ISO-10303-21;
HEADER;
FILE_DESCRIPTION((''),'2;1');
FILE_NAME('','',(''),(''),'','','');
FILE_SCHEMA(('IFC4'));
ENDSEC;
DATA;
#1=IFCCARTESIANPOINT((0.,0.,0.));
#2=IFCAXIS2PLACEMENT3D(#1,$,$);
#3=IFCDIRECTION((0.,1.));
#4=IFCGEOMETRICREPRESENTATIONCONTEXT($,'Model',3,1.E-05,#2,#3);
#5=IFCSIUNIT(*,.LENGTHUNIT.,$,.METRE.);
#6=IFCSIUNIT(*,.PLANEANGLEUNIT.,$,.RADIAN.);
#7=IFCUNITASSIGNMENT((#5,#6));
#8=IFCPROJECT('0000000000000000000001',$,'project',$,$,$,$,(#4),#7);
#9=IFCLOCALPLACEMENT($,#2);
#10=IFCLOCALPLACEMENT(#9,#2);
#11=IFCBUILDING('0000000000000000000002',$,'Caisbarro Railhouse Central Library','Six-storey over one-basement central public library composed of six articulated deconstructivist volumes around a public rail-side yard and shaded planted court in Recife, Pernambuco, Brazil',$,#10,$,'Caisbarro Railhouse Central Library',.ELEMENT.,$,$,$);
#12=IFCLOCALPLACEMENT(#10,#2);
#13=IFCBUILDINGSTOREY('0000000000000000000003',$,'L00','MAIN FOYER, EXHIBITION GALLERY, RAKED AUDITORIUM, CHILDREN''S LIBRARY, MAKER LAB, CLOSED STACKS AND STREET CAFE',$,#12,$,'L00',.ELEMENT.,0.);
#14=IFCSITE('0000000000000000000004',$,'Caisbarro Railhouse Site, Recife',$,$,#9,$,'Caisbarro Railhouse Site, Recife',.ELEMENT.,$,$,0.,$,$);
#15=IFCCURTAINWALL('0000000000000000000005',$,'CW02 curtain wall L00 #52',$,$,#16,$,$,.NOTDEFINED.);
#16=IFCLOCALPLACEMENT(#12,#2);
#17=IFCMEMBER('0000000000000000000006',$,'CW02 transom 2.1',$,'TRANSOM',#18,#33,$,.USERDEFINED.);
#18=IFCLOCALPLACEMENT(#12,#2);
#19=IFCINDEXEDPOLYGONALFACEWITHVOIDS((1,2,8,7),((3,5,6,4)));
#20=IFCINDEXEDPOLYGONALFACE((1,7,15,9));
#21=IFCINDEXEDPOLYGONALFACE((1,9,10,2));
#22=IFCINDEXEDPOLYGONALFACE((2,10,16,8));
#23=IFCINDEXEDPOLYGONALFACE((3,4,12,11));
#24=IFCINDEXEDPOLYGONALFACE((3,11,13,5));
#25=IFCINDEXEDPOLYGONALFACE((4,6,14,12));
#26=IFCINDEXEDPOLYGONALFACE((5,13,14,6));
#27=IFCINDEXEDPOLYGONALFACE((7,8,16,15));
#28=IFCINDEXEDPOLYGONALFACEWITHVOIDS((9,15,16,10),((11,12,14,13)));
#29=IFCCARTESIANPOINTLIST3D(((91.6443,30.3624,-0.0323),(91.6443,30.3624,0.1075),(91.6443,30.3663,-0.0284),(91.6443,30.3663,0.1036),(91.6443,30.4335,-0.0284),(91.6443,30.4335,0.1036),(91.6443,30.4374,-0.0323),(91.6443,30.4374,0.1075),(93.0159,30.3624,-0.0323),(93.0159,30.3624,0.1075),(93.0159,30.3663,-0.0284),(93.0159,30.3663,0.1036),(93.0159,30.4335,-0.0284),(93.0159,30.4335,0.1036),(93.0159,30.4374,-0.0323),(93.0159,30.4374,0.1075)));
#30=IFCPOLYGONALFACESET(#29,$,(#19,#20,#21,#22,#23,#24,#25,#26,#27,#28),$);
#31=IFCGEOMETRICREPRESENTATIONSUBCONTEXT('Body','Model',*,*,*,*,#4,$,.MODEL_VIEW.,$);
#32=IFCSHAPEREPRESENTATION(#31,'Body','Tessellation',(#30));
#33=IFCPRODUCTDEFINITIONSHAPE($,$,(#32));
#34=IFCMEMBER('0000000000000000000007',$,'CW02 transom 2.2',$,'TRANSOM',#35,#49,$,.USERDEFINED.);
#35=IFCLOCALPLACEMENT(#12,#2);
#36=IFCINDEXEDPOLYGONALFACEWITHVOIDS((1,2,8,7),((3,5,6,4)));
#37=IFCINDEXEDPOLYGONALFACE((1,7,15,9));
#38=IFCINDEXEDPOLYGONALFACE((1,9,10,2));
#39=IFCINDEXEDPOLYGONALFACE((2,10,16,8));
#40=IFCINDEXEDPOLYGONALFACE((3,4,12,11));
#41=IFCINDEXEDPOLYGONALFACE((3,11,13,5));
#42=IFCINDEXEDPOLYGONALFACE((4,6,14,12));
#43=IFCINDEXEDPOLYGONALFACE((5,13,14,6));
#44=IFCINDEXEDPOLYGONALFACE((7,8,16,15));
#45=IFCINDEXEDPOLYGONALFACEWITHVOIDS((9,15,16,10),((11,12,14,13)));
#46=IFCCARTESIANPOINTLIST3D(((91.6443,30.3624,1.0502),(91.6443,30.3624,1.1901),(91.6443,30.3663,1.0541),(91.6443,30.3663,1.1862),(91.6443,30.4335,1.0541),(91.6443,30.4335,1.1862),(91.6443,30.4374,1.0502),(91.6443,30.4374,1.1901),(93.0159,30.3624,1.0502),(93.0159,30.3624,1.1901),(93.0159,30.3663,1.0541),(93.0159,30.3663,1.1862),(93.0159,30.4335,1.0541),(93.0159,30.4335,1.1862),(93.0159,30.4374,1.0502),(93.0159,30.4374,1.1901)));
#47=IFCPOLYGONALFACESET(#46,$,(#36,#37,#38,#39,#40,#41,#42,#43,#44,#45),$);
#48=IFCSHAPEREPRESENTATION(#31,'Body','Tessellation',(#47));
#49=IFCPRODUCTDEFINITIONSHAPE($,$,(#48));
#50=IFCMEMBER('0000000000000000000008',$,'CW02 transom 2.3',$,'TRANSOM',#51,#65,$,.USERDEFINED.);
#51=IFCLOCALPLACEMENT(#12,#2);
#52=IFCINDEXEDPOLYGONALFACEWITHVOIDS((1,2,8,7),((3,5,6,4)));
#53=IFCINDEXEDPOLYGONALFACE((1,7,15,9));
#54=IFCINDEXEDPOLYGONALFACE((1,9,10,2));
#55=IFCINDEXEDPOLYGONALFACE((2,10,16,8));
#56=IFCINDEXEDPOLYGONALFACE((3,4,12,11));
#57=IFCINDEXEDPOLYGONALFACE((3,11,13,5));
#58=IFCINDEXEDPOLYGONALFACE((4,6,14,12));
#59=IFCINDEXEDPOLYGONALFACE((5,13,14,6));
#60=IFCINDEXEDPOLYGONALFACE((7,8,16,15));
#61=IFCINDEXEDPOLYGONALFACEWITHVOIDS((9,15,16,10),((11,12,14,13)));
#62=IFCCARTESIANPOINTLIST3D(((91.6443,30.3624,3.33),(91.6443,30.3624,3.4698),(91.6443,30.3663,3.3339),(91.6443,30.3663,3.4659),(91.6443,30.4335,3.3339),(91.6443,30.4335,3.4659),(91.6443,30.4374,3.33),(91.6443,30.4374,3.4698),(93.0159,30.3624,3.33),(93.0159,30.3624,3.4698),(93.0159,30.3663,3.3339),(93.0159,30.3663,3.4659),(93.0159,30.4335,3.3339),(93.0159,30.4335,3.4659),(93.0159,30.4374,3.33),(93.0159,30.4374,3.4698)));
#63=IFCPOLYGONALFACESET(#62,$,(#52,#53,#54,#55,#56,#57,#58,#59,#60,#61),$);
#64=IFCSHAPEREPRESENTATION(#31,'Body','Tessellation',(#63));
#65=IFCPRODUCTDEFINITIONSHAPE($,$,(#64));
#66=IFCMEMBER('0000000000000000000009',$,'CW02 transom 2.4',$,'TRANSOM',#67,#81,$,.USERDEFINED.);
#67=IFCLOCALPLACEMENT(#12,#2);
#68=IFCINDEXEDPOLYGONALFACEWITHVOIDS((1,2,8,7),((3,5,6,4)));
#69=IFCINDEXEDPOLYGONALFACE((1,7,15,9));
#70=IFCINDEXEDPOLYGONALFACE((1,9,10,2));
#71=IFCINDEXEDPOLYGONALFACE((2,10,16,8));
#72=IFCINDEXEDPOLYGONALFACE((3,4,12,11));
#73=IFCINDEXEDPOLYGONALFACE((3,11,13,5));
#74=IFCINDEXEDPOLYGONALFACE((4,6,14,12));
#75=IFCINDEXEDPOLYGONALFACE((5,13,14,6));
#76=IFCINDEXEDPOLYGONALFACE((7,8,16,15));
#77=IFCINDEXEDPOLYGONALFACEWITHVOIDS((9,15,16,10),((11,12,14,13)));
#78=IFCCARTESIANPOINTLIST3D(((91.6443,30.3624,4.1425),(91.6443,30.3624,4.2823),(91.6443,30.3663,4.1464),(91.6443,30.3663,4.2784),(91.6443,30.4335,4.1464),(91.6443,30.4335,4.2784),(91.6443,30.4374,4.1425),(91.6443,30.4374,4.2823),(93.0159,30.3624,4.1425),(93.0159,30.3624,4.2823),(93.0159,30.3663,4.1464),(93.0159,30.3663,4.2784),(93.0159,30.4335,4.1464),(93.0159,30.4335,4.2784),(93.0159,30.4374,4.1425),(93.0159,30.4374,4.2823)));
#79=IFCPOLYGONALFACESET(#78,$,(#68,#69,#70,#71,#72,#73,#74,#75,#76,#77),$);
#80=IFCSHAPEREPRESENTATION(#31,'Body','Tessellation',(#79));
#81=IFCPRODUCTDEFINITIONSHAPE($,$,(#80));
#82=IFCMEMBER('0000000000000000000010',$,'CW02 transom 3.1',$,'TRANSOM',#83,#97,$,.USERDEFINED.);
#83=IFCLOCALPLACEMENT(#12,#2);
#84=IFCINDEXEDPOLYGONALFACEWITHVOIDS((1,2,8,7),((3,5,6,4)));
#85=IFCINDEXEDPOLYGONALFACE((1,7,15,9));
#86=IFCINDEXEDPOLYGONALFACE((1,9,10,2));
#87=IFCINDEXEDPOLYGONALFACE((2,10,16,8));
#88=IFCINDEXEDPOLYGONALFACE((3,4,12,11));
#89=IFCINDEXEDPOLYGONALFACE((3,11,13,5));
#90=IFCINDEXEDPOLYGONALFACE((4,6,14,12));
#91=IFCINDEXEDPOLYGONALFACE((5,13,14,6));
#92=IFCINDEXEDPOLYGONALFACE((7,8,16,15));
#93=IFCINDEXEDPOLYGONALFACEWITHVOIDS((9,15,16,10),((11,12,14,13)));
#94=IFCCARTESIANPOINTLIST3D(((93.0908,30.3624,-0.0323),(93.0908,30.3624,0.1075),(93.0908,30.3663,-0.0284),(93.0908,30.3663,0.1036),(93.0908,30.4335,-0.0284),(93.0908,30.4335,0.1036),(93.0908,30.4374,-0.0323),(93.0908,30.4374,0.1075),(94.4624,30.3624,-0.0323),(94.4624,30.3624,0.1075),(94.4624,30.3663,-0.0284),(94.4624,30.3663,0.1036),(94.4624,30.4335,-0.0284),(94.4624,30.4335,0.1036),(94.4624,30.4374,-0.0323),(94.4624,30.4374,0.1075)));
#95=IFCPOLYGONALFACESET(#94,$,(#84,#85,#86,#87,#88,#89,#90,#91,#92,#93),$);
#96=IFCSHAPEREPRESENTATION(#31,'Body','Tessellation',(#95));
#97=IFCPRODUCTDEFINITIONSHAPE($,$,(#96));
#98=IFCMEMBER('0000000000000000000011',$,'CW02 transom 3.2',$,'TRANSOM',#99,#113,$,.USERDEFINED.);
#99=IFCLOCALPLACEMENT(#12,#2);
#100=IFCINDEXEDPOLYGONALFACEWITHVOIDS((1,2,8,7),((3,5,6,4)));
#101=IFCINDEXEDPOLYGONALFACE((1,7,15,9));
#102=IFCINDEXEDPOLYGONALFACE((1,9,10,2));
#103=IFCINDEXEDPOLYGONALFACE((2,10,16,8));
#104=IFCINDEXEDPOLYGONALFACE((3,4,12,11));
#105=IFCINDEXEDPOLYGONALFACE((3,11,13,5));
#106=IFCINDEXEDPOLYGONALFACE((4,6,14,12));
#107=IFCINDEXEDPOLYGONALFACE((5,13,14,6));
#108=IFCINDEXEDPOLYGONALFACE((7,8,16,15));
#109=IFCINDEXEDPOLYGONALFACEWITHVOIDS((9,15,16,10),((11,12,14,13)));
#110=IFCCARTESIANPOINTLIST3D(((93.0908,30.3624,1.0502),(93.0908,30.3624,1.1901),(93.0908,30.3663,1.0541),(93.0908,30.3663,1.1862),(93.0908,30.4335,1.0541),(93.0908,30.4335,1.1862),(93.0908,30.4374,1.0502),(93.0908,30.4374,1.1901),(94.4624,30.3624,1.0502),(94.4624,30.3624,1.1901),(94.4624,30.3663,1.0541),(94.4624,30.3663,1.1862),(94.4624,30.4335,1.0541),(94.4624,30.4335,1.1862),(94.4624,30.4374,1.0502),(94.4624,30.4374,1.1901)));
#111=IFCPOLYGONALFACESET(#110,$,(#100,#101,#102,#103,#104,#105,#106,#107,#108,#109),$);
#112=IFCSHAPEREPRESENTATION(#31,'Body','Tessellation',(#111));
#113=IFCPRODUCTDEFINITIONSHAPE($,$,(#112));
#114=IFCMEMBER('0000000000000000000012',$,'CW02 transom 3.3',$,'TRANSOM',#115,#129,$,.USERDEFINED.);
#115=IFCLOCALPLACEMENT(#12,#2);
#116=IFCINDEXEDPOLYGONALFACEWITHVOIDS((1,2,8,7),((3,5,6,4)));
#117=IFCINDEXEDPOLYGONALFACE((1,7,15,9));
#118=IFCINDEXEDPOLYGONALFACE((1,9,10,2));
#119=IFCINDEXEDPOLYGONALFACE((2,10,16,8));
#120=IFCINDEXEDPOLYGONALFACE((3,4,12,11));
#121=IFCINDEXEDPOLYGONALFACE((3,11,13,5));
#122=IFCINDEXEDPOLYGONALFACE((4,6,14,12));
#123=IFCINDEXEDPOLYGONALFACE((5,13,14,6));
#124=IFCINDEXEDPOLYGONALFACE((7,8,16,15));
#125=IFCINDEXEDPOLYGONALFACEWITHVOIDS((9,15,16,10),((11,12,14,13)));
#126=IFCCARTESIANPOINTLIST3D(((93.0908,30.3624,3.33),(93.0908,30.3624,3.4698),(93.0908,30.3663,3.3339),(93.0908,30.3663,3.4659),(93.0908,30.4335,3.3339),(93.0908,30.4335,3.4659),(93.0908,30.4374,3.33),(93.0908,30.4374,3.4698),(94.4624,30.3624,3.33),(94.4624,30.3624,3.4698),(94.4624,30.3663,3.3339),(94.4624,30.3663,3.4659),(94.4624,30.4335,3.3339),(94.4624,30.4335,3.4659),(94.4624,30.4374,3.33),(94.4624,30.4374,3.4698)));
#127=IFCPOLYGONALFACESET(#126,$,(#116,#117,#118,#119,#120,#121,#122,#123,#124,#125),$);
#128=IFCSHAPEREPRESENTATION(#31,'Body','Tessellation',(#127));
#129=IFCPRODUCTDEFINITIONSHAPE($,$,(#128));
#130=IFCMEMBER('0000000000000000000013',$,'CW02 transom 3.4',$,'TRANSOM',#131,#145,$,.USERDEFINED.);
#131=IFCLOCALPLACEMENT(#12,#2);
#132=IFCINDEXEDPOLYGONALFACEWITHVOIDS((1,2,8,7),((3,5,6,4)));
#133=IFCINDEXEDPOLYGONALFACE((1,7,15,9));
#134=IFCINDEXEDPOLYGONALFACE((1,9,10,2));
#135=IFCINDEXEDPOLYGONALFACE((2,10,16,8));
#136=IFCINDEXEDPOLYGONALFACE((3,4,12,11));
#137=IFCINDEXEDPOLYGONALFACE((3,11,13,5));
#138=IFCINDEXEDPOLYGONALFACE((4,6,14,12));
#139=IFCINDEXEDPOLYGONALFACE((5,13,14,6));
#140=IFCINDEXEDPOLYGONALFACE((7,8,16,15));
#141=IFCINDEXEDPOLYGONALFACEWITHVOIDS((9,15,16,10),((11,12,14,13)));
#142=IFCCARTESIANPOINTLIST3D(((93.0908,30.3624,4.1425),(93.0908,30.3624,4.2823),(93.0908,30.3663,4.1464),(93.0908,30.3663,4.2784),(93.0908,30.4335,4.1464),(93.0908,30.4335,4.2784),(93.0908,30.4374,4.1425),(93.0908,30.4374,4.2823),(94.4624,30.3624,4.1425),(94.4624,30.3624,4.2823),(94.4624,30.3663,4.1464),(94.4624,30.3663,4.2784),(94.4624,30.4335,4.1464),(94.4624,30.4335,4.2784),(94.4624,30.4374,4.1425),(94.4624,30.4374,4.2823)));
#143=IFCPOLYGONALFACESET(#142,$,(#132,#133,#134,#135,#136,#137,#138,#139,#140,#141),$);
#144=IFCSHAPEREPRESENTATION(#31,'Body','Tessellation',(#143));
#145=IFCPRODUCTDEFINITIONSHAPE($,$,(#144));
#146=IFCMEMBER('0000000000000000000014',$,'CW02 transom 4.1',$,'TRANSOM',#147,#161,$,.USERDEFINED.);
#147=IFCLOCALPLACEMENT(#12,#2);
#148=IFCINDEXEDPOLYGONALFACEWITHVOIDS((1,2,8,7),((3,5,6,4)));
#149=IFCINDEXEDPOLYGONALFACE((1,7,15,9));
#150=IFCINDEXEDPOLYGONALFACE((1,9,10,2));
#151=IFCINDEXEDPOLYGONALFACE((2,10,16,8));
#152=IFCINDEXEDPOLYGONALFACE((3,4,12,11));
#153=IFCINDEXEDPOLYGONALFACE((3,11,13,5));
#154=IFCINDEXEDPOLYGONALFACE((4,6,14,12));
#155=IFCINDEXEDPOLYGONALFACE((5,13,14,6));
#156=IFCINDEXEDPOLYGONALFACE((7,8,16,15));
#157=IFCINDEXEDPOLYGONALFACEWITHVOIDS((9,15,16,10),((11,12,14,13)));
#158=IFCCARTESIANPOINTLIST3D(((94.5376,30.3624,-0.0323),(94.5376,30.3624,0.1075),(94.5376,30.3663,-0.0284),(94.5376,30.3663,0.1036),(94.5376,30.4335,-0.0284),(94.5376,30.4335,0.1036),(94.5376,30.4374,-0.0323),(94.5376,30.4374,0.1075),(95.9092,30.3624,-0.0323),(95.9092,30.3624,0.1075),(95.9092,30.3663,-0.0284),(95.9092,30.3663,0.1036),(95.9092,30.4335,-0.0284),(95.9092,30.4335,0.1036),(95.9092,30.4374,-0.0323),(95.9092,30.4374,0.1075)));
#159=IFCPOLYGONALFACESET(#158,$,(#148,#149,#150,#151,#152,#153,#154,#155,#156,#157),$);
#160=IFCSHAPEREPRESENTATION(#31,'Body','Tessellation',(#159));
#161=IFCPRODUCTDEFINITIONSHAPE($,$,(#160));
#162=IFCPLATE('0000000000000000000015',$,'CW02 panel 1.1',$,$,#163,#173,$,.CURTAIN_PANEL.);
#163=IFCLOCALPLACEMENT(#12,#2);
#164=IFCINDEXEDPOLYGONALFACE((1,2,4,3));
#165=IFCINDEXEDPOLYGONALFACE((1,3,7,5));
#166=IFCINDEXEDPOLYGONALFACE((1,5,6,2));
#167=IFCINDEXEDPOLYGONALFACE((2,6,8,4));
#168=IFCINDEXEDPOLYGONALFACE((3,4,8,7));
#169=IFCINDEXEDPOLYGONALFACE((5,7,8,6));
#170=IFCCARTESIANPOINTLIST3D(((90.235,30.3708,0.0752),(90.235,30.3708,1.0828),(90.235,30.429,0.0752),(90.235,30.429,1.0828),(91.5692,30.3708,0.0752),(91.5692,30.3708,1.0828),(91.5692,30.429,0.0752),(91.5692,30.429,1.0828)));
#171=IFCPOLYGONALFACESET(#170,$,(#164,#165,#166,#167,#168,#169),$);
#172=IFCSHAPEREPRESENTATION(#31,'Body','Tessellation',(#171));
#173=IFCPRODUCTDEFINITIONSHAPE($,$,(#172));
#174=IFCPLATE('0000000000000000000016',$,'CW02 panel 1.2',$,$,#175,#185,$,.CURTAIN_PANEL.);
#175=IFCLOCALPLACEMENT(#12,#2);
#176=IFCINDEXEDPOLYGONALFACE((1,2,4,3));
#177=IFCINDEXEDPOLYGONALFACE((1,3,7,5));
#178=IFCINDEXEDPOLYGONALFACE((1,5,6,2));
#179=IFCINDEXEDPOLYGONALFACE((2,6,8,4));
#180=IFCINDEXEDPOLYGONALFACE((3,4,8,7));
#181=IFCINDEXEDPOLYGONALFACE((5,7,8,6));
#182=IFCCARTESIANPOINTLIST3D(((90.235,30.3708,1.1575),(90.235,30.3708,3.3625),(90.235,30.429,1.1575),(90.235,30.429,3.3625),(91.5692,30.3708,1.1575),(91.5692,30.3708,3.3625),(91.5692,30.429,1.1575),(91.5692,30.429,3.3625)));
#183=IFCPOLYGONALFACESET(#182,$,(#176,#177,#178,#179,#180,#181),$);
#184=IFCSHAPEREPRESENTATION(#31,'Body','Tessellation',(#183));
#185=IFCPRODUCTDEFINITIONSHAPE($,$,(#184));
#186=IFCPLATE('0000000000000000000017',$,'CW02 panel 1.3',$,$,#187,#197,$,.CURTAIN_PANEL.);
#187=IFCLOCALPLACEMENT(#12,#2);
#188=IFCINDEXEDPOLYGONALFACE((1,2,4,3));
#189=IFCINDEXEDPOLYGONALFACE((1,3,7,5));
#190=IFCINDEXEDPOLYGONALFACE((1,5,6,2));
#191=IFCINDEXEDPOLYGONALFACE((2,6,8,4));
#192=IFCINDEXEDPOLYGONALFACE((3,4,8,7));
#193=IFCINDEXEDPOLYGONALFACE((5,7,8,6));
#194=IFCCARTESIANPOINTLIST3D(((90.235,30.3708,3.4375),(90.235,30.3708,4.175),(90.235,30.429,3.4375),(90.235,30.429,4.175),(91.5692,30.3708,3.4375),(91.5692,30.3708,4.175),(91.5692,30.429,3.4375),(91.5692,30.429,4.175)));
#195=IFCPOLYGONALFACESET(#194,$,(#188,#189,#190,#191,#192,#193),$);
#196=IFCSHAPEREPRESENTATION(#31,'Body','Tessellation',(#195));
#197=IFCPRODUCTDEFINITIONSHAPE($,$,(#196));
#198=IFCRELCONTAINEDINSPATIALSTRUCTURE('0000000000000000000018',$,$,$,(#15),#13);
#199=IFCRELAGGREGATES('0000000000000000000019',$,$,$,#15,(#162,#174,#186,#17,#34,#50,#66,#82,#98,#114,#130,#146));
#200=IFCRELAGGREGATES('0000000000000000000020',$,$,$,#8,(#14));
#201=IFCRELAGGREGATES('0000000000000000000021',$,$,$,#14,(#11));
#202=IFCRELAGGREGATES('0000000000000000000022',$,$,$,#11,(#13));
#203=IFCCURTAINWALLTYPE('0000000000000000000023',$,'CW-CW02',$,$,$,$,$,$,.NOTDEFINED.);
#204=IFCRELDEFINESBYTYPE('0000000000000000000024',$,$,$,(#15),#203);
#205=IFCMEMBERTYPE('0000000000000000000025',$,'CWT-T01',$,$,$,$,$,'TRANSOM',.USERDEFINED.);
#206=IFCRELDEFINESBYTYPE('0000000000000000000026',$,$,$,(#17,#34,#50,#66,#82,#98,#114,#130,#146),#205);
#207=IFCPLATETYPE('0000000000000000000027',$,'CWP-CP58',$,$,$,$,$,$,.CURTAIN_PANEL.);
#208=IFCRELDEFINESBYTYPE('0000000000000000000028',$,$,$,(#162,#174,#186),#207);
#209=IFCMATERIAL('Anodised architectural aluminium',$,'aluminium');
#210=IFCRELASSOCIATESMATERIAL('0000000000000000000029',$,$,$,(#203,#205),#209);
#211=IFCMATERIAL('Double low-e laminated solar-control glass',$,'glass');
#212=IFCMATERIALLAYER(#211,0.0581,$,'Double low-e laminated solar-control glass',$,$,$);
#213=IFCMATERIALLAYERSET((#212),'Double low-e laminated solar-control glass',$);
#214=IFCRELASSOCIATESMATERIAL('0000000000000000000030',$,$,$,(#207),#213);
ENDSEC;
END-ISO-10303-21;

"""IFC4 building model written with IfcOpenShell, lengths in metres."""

from ifc_helpers import new_model, si_unit, direction, frame, origin, origin_2d, place, context, subcontext, project, spatial, rectangle, hollow_rectangle, extrude, material, layer, layer_set, material_profile, profile_set, type_object, element, aggregate, save


model = new_model("IFC4")

# Units and contexts
model_context = context("Model", 3, precision=1e-05, world=origin(), true_north=direction((0.0, 1.0)))
body_context = subcontext(model_context, "Body", "Model", "MODEL_VIEW")
ifc_project = project(units=[si_unit("LENGTHUNIT", "METRE"), si_unit("PLANEANGLEUNIT", "RADIAN")], contexts=[model_context])

# Site, building, storey
site_placement = place(None, origin())
site = spatial("IfcSite", under=ifc_project, at=site_placement, Name="Caisbarro Railhouse Site, Recife", LongName="Caisbarro Railhouse Site, Recife", CompositionType="ELEMENT", RefElevation=0.0)
building_placement = place(site_placement, origin())
building = spatial("IfcBuilding", under=site, at=building_placement, Name="Caisbarro Railhouse Central Library", Description="Six-storey over one-basement central public library composed of six articulated deconstructivist volumes around a public rail-side yard and shaded planted court in Recife, Pernambuco, Brazil", LongName="Caisbarro Railhouse Central Library", CompositionType="ELEMENT")
storey_placement = place(building_placement, origin())
storey = spatial("IfcBuildingStorey", under=building, at=storey_placement, Name="L00", Description="MAIN FOYER, EXHIBITION GALLERY, RAKED AUDITORIUM, CHILDREN'S LIBRARY, MAKER LAB, CLOSED STACKS AND STREET CAFE", LongName="L00", CompositionType="ELEMENT", Elevation=0.0)

# Curtain wall, members, plates
ifc_material_1 = material(Name="Anodised architectural aluminium", Category="aluminium")
curtain_wall_type = type_object("IfcCurtainWallType", Name="CW-CW02", PredefinedType="NOTDEFINED", material=ifc_material_1)
curtain_wall_placement = place(storey_placement, origin())
curtain_wall = element("IfcCurtainWall", 1, at=curtain_wall_placement, inside=storey, type_object=curtain_wall_type, Name="CW02 curtain wall L00 #52", PredefinedType="NOTDEFINED")
ifc_material_profile_1 = material_profile(ifc_material_1, hollow_rectangle(XDim=0.075, YDim=0.1399, WallThickness=0.0039, at=origin_2d()), Name="ALU-TRN-75X140")
ifc_profile_set_1 = profile_set([ifc_material_profile_1], Name="Anodised architectural aluminium")
member_type_1 = type_object("IfcMemberType", Name="CWT-T01", ElementType="TRANSOM", PredefinedType="USERDEFINED", material=ifc_profile_set_1)
member_1_placement = place(storey_placement, frame((91.6443, 30.3999, 0.0376), z_axis=(1.0, 0.0, 0.0), x_axis=(0.0, 1.0, 0.0)))
member_1 = element("IfcMember", 2, at=member_1_placement, type_object=member_type_1, Name="CW02 transom 2.1", ObjectType="TRANSOM", PredefinedType="USERDEFINED", context=body_context, shape_type="SweptSolid", body=[
    extrude(hollow_rectangle(XDim=0.075, YDim=0.1399, WallThickness=0.0039, at=origin_2d()), origin(), (0.0, 0.0, 1.0), 1.3716),
])
member_2_placement = place(storey_placement, frame((91.6443, 30.3999, 1.1201), z_axis=(1.0, 0.0, 0.0), x_axis=(0.0, 1.0, 0.0)))
member_2 = element("IfcMember", 3, at=member_2_placement, type_object=member_type_1, Name="CW02 transom 2.2", ObjectType="TRANSOM", PredefinedType="USERDEFINED", context=body_context, shape_type="SweptSolid", body=[
    extrude(hollow_rectangle(XDim=0.075, YDim=0.1399, WallThickness=0.0039, at=origin_2d()), origin(), (0.0, 0.0, 1.0), 1.3716),
])
member_3_placement = place(storey_placement, frame((91.6443, 30.3999, 3.3999), z_axis=(1.0, 0.0, 0.0), x_axis=(0.0, 1.0, 0.0)))
member_3 = element("IfcMember", 4, at=member_3_placement, type_object=member_type_1, Name="CW02 transom 2.3", ObjectType="TRANSOM", PredefinedType="USERDEFINED", context=body_context, shape_type="SweptSolid", body=[
    extrude(hollow_rectangle(XDim=0.075, YDim=0.1399, WallThickness=0.0039, at=origin_2d()), origin(), (0.0, 0.0, 1.0), 1.3716),
])
member_4_placement = place(storey_placement, frame((91.6443, 30.3999, 4.2124), z_axis=(1.0, 0.0, 0.0), x_axis=(0.0, 1.0, 0.0)))
member_4 = element("IfcMember", 5, at=member_4_placement, type_object=member_type_1, Name="CW02 transom 2.4", ObjectType="TRANSOM", PredefinedType="USERDEFINED", context=body_context, shape_type="SweptSolid", body=[
    extrude(hollow_rectangle(XDim=0.075, YDim=0.1399, WallThickness=0.0039, at=origin_2d()), origin(), (0.0, 0.0, 1.0), 1.3716),
])
member_5_placement = place(storey_placement, frame((93.0908, 30.3999, 0.0376), z_axis=(1.0, 0.0, 0.0), x_axis=(0.0, 1.0, 0.0)))
member_5 = element("IfcMember", 6, at=member_5_placement, type_object=member_type_1, Name="CW02 transom 3.1", ObjectType="TRANSOM", PredefinedType="USERDEFINED", context=body_context, shape_type="SweptSolid", body=[
    extrude(hollow_rectangle(XDim=0.075, YDim=0.1399, WallThickness=0.0039, at=origin_2d()), origin(), (0.0, 0.0, 1.0), 1.3716),
])
member_6_placement = place(storey_placement, frame((93.0908, 30.3999, 1.1201), z_axis=(1.0, 0.0, 0.0), x_axis=(0.0, 1.0, 0.0)))
member_6 = element("IfcMember", 7, at=member_6_placement, type_object=member_type_1, Name="CW02 transom 3.2", ObjectType="TRANSOM", PredefinedType="USERDEFINED", context=body_context, shape_type="SweptSolid", body=[
    extrude(hollow_rectangle(XDim=0.075, YDim=0.1399, WallThickness=0.0039, at=origin_2d()), origin(), (0.0, 0.0, 1.0), 1.3716),
])
member_7_placement = place(storey_placement, frame((93.0908, 30.3999, 3.3999), z_axis=(1.0, 0.0, 0.0), x_axis=(0.0, 1.0, 0.0)))
member_7 = element("IfcMember", 8, at=member_7_placement, type_object=member_type_1, Name="CW02 transom 3.3", ObjectType="TRANSOM", PredefinedType="USERDEFINED", context=body_context, shape_type="SweptSolid", body=[
    extrude(hollow_rectangle(XDim=0.075, YDim=0.1399, WallThickness=0.0039, at=origin_2d()), origin(), (0.0, 0.0, 1.0), 1.3716),
])
member_8_placement = place(storey_placement, frame((93.0908, 30.3999, 4.2124), z_axis=(1.0, 0.0, 0.0), x_axis=(0.0, 1.0, 0.0)))
member_8 = element("IfcMember", 9, at=member_8_placement, type_object=member_type_1, Name="CW02 transom 3.4", ObjectType="TRANSOM", PredefinedType="USERDEFINED", context=body_context, shape_type="SweptSolid", body=[
    extrude(hollow_rectangle(XDim=0.075, YDim=0.1399, WallThickness=0.0039, at=origin_2d()), origin(), (0.0, 0.0, 1.0), 1.3716),
])
member_9_placement = place(storey_placement, frame((94.5376, 30.3999, 0.0376), z_axis=(1.0, 0.0, 0.0), x_axis=(0.0, 1.0, 0.0)))
member_9 = element("IfcMember", 10, at=member_9_placement, type_object=member_type_1, Name="CW02 transom 4.1", ObjectType="TRANSOM", PredefinedType="USERDEFINED", context=body_context, shape_type="SweptSolid", body=[
    extrude(hollow_rectangle(XDim=0.075, YDim=0.1399, WallThickness=0.0039, at=origin_2d()), origin(), (0.0, 0.0, 1.0), 1.3716),
])
ifc_material_2 = material(Name="Double low-e laminated solar-control glass", Category="glass")
ifc_layer = layer(ifc_material_2, 0.0581, Name="Double low-e laminated solar-control glass")
ifc_layer_set = layer_set([ifc_layer], Name="Double low-e laminated solar-control glass")
plate_type = type_object("IfcPlateType", Name="CWP-CP58", PredefinedType="CURTAIN_PANEL", material=ifc_layer_set)
plate_1_placement = place(storey_placement, frame((90.9021, 30.3999, 0.0752), z_axis=(0.0, 0.0, 1.0), x_axis=(1.0, 0.0, 0.0)))
plate_1 = element("IfcPlate", 11, at=plate_1_placement, type_object=plate_type, Name="CW02 panel 1.1", PredefinedType="CURTAIN_PANEL", context=body_context, shape_type="SweptSolid", body=[
    extrude(rectangle(XDim=1.3342, YDim=0.0581, at=origin_2d()), origin(), (0.0, 0.0, 1.0), 1.0076),
])
plate_2_placement = place(storey_placement, frame((90.9021, 30.3999, 1.1575), z_axis=(0.0, 0.0, 1.0), x_axis=(1.0, 0.0, 0.0)))
plate_2 = element("IfcPlate", 12, at=plate_2_placement, type_object=plate_type, Name="CW02 panel 1.2", PredefinedType="CURTAIN_PANEL", context=body_context, shape_type="SweptSolid", body=[
    extrude(rectangle(XDim=1.3342, YDim=0.0581, at=origin_2d()), origin(), (0.0, 0.0, 1.0), 2.2051),
])
plate_3_placement = place(storey_placement, frame((90.9021, 30.3999, 3.4375), z_axis=(0.0, 0.0, 1.0), x_axis=(1.0, 0.0, 0.0)))
plate_3 = element("IfcPlate", 13, at=plate_3_placement, type_object=plate_type, Name="CW02 panel 1.3", PredefinedType="CURTAIN_PANEL", context=body_context, shape_type="SweptSolid", body=[
    extrude(rectangle(XDim=1.3342, YDim=0.0581, at=origin_2d()), origin(), (0.0, 0.0, 1.0), 0.7375),
])
aggregate(curtain_wall, [plate_1, plate_2, plate_3, member_1, member_2, member_3, member_4, member_5, member_6, member_7, member_8, member_9])

save(model, "model.ifc")
